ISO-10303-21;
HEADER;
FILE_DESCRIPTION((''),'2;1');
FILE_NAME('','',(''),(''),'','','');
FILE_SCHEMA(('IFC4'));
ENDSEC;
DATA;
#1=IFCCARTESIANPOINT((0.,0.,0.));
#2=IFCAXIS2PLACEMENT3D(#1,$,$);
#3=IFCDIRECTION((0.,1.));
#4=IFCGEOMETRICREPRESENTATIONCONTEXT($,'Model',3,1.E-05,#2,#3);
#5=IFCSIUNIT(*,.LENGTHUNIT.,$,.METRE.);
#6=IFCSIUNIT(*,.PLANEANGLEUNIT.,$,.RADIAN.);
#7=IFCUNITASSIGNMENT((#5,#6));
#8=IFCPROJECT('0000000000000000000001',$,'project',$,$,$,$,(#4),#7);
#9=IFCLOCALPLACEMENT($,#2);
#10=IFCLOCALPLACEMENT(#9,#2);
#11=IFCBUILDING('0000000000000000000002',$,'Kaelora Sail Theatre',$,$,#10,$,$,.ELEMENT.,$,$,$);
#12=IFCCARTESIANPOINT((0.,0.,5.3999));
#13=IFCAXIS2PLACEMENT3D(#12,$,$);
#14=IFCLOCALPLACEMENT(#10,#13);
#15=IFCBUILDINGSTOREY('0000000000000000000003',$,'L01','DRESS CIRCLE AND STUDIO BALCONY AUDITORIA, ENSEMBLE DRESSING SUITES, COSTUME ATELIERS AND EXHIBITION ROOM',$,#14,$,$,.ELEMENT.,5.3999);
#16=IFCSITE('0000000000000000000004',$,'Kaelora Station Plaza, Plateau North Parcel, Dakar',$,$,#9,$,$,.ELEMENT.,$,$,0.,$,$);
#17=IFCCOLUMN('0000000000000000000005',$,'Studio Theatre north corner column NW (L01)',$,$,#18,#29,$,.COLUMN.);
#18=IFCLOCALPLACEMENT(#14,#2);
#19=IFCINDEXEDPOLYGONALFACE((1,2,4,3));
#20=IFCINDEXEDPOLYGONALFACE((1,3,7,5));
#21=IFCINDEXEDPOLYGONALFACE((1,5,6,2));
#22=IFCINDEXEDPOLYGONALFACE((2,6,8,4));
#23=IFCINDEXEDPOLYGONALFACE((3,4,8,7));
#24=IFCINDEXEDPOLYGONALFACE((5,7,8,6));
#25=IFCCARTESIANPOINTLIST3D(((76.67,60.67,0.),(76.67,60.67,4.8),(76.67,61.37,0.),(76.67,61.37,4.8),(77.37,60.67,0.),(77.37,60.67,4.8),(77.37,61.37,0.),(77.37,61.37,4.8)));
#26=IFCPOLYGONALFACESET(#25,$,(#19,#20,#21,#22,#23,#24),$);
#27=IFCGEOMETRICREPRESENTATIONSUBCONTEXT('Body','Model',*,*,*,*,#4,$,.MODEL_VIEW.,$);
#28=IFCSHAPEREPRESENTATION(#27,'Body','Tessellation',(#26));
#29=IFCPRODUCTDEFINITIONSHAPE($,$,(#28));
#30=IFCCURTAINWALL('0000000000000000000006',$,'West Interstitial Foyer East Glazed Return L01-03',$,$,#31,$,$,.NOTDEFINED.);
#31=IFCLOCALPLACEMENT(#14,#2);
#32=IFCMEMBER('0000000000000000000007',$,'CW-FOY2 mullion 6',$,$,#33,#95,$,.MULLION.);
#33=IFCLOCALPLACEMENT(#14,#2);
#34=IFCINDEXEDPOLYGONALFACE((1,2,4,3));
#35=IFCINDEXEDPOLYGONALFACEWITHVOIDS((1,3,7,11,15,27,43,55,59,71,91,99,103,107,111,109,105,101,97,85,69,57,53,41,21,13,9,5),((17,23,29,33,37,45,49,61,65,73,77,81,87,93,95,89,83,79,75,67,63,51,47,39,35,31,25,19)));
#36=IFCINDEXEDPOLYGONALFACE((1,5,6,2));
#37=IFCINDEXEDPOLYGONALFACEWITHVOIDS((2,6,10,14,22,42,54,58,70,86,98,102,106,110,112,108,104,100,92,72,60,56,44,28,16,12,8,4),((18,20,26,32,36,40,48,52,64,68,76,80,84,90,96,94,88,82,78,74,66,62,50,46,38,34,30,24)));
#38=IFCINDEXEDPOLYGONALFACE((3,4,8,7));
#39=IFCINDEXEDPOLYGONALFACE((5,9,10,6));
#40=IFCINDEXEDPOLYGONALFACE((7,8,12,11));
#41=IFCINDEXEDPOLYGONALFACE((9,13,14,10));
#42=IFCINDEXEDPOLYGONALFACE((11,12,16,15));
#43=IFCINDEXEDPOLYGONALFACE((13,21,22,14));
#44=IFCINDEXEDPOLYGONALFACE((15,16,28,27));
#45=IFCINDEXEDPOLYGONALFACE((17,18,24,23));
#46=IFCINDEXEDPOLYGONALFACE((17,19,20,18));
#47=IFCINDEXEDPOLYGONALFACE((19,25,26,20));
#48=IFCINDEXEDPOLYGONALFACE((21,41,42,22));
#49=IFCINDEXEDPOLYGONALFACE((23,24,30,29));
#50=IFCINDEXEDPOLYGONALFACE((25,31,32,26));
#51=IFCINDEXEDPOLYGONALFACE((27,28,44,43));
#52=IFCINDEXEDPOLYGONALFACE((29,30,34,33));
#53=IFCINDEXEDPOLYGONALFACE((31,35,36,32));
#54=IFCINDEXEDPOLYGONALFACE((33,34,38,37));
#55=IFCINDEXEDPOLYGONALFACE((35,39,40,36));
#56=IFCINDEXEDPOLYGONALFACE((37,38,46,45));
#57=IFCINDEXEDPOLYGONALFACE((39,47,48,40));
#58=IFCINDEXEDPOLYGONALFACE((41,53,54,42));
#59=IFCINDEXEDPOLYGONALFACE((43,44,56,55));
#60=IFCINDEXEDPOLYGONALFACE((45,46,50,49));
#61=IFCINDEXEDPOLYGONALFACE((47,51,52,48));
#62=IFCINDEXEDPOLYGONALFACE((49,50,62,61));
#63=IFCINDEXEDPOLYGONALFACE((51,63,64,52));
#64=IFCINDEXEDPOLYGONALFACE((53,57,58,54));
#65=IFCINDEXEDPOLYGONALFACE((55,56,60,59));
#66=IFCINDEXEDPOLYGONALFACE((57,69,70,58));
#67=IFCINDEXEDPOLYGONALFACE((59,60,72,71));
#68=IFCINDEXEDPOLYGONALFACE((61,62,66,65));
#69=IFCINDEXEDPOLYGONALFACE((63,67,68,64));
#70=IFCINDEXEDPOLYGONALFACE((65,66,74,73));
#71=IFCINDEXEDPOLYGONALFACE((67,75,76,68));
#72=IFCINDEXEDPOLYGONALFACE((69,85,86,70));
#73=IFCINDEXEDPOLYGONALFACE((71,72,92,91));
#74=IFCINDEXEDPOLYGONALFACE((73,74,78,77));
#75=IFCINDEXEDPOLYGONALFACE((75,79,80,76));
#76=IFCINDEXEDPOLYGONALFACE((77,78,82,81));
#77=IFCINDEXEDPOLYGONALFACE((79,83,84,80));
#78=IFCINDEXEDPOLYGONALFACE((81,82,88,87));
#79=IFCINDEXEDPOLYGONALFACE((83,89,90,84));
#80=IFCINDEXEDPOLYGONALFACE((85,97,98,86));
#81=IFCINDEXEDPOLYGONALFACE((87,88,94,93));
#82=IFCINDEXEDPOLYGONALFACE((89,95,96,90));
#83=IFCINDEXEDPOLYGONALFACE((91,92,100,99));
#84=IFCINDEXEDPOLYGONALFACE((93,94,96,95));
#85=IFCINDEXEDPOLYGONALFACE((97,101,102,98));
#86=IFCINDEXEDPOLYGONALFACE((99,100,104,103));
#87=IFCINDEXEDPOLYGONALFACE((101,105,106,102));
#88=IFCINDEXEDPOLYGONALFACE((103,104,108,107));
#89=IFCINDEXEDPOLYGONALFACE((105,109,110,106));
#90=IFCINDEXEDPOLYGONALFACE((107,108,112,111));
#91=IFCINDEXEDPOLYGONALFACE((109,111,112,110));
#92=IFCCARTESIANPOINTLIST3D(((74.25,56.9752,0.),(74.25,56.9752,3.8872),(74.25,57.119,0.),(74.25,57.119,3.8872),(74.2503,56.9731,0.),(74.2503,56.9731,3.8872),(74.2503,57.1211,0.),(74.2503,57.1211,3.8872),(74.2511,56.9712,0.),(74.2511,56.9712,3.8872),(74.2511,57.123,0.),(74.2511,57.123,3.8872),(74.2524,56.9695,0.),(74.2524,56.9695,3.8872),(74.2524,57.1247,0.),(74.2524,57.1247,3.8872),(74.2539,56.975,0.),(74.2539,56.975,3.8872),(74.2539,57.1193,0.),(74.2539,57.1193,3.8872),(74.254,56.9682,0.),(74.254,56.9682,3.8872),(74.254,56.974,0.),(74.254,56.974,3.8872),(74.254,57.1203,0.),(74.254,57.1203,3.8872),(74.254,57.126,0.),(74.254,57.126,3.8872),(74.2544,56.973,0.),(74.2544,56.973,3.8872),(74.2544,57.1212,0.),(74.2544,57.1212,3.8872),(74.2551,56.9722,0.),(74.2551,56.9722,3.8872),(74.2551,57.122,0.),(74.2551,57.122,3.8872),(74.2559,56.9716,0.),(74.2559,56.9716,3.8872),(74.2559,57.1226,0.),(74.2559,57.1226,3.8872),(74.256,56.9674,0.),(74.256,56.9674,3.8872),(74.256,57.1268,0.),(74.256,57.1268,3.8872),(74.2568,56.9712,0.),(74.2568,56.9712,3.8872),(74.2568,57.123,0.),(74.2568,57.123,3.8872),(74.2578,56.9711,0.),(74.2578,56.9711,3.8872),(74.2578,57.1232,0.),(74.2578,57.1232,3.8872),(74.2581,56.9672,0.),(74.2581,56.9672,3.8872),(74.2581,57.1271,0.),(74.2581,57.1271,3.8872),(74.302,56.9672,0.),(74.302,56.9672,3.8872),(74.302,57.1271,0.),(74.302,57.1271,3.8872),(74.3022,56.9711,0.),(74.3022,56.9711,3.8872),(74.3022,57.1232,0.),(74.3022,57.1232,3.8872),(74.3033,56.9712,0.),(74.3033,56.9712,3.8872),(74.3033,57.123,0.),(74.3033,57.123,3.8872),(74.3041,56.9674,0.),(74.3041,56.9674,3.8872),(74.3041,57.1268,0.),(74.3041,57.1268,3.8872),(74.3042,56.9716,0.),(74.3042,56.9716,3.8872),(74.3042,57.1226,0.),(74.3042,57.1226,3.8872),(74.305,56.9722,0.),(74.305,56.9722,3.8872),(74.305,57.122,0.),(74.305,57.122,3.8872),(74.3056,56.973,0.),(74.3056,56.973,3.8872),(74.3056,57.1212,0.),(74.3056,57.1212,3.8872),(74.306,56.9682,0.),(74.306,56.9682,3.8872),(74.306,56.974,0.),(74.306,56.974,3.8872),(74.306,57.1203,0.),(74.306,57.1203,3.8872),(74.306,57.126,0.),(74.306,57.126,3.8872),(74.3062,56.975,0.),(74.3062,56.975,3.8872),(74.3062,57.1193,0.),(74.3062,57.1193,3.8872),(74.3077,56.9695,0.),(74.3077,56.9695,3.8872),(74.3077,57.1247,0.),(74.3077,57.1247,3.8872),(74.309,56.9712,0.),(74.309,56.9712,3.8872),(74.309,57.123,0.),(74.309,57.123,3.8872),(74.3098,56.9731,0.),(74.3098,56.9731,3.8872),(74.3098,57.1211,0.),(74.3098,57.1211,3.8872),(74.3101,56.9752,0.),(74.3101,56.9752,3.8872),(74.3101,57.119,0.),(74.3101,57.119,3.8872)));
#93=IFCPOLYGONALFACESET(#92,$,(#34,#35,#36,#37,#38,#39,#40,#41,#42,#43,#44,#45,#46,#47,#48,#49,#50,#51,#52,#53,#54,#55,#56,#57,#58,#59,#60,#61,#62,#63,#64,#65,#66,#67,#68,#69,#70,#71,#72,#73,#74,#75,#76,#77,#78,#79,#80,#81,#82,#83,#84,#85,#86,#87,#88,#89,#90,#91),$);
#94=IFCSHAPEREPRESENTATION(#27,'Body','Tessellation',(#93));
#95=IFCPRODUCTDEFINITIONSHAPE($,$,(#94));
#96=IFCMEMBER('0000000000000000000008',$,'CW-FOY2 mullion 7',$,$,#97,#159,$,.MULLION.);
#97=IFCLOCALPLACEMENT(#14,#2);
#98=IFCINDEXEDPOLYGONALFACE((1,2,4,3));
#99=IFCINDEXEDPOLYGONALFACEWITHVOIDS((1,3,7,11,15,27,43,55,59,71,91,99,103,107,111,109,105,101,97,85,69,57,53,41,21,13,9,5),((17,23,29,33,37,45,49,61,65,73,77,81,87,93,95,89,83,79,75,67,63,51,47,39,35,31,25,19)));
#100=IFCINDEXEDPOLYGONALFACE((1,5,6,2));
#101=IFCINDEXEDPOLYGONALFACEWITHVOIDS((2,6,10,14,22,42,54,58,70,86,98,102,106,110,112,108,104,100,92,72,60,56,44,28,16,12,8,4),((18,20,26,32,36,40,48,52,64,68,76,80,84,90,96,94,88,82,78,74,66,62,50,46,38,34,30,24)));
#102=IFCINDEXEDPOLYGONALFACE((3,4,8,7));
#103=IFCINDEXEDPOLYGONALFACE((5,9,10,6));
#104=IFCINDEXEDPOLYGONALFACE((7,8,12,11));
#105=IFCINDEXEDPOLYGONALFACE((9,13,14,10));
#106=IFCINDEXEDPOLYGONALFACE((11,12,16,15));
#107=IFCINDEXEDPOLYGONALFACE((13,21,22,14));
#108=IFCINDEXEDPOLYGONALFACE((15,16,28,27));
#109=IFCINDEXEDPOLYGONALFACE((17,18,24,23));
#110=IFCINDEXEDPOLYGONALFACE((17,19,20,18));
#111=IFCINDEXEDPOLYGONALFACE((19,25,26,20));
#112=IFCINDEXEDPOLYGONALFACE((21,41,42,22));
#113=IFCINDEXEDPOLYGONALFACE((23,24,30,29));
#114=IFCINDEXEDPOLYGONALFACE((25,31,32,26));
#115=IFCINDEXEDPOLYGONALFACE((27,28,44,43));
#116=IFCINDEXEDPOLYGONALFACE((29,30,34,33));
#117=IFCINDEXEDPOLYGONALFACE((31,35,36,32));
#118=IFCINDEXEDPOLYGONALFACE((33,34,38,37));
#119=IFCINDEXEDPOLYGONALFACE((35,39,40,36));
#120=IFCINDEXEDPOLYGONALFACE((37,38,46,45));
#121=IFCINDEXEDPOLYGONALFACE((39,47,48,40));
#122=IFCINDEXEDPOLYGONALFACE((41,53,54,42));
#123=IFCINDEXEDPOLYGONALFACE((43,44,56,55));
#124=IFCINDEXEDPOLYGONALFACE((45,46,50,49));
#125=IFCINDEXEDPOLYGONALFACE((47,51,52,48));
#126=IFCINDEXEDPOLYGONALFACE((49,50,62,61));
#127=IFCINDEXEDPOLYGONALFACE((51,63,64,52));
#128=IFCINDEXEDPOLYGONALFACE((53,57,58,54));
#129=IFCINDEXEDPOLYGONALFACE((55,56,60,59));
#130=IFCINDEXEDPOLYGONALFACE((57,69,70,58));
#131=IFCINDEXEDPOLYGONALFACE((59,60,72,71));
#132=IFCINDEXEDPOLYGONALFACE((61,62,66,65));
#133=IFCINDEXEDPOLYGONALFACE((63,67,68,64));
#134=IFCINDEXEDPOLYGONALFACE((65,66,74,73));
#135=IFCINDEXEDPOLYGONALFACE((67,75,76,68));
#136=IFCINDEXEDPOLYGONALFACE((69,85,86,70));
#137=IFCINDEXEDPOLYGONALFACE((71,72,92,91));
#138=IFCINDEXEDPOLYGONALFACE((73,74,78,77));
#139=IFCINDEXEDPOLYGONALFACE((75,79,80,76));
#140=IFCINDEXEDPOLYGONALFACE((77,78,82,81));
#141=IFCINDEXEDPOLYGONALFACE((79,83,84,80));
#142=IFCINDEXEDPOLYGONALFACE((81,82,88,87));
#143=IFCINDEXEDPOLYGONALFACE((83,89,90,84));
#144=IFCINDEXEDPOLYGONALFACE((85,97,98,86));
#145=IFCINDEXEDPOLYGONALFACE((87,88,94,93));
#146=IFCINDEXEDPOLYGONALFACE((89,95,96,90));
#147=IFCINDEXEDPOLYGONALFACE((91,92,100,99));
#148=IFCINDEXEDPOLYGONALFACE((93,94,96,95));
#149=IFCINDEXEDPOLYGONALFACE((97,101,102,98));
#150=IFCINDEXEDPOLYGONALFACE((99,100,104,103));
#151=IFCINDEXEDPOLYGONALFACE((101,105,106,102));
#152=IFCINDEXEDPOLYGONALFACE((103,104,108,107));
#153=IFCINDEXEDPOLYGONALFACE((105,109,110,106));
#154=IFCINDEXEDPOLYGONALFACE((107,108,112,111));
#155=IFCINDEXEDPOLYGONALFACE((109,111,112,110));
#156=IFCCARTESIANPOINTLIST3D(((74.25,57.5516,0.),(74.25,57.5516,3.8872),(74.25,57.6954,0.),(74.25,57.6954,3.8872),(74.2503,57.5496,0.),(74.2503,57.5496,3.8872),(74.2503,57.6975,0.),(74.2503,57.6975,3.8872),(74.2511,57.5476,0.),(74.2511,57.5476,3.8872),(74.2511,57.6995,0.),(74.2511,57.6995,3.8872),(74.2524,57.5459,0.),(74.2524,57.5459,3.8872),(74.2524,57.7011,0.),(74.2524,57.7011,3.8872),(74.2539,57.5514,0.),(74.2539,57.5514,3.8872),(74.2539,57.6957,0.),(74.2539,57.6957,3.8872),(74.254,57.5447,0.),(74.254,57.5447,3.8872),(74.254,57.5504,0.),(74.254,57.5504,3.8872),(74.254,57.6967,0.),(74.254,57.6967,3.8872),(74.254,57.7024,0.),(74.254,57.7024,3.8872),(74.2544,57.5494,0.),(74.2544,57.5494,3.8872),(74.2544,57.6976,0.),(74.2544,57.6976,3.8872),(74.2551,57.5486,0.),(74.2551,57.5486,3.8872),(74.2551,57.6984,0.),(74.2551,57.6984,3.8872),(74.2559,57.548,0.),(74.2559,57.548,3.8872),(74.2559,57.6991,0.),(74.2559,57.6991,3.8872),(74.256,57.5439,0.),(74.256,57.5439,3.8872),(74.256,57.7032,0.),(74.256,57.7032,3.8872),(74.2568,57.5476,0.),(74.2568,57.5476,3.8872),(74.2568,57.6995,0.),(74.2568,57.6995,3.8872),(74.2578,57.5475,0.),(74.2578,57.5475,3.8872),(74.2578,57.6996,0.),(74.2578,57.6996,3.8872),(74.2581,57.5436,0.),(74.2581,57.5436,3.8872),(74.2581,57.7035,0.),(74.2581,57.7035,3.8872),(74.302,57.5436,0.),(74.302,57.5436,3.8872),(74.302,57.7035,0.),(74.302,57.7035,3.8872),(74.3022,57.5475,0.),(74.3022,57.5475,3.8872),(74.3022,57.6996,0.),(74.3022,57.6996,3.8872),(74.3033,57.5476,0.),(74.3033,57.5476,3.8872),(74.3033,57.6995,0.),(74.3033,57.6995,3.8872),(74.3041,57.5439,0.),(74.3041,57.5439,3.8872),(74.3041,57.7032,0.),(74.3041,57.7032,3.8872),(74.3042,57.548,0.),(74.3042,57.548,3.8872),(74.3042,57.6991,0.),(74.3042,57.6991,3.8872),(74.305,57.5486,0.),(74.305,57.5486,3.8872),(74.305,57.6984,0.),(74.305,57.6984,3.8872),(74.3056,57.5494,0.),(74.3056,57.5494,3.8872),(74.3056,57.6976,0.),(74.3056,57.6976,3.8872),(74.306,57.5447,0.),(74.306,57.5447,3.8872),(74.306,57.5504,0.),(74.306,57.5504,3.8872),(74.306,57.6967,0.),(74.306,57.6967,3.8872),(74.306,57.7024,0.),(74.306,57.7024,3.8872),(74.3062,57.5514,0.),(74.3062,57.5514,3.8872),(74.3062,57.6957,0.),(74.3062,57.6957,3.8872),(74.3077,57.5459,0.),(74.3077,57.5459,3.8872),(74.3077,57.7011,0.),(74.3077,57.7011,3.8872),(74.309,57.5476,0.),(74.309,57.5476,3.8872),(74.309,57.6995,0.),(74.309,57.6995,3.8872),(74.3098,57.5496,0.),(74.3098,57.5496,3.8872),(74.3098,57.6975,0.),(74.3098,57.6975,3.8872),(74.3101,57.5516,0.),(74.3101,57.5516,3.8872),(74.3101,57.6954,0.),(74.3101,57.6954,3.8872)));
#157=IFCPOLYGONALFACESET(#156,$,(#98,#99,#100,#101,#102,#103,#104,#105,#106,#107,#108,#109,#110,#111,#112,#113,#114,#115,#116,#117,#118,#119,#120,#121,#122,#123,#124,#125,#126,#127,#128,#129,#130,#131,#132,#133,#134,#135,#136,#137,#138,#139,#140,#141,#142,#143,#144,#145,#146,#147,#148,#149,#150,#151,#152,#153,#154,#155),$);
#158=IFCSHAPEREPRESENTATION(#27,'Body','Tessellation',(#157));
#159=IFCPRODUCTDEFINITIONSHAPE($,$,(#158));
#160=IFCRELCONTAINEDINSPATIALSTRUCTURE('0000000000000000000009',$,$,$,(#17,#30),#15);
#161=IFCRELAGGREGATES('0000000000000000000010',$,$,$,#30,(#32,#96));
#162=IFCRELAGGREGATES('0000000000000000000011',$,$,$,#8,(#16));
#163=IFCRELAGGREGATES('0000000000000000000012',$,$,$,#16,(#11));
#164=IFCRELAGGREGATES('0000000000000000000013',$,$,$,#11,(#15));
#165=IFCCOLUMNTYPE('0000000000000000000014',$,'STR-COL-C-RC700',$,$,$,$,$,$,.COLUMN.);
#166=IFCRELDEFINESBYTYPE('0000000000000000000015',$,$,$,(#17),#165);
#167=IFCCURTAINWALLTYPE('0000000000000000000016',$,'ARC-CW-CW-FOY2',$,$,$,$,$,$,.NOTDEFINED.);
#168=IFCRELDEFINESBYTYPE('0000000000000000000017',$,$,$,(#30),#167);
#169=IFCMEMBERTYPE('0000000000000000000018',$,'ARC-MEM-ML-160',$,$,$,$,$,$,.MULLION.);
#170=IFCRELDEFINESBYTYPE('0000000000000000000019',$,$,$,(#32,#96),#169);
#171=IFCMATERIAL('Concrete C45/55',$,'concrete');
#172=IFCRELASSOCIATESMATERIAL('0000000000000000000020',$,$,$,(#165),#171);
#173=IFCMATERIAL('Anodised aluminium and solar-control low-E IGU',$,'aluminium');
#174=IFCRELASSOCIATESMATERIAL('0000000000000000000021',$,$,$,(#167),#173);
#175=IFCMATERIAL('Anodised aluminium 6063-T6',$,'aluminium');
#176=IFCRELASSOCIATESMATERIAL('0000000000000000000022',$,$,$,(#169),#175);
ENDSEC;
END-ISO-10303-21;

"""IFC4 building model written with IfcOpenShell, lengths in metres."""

from ifc_helpers import new_model, si_unit, direction, frame, origin, origin_2d, place, context, subcontext, project, spatial, rectangle, hollow_rectangle, extrude, material, material_profile, profile_set, type_object, element, aggregate, save


model = new_model("IFC4")

# Units and contexts
model_context = context("Model", 3, precision=1e-05, world=origin(), true_north=direction((0.0, 1.0)))
body_context = subcontext(model_context, "Body", "Model", "MODEL_VIEW")
ifc_project = project(units=[si_unit("LENGTHUNIT", "METRE"), si_unit("PLANEANGLEUNIT", "RADIAN")], contexts=[model_context])

# Site, building, storey
site_placement = place(None, origin())
site = spatial("IfcSite", under=ifc_project, at=site_placement, Name="Kaelora Station Plaza, Plateau North Parcel, Dakar", CompositionType="ELEMENT", RefElevation=0.0)
building_placement = place(site_placement, origin())
building = spatial("IfcBuilding", under=site, at=building_placement, Name="Kaelora Sail Theatre", CompositionType="ELEMENT")
storey_placement = place(building_placement, frame((0.0, 0.0, 5.3999)))
storey = spatial("IfcBuildingStorey", under=building, at=storey_placement, Name="L01", Description="DRESS CIRCLE AND STUDIO BALCONY AUDITORIA, ENSEMBLE DRESSING SUITES, COSTUME ATELIERS AND EXHIBITION ROOM", CompositionType="ELEMENT", Elevation=5.3999)

# Column
ifc_material_1 = material(Name="Concrete C45/55", Category="concrete")
ifc_material_profile_1 = material_profile(ifc_material_1, rectangle(XDim=0.7, YDim=0.7, at=origin_2d()), Name="RC-COL 700x700")
ifc_profile_set_1 = profile_set([ifc_material_profile_1], Name="Concrete C45/55")
column_type = type_object("IfcColumnType", Name="STR-COL-C-RC700", PredefinedType="COLUMN", material=ifc_profile_set_1)
column_placement = place(storey_placement, frame((77.02, 61.02, 0.0), z_axis=(0.0, 0.0, 1.0), x_axis=(1.0, 0.0, 0.0)))
element("IfcColumn", 1, at=column_placement, inside=storey, type_object=column_type, Name="Studio Theatre north corner column NW (L01)", PredefinedType="COLUMN", context=body_context, shape_type="SweptSolid", body=[
    extrude(rectangle(XDim=0.7, YDim=0.7, at=origin_2d()), origin(), (0.0, 0.0, 1.0), 4.8),
])

# Curtain wall, members
ifc_material_2 = material(Name="Anodised aluminium and solar-control low-E IGU", Category="aluminium")
curtain_wall_type = type_object("IfcCurtainWallType", Name="ARC-CW-CW-FOY2", PredefinedType="NOTDEFINED", material=ifc_material_2)
curtain_wall_1_placement = place(storey_placement, origin())
curtain_wall_1 = element("IfcCurtainWall", 2, at=curtain_wall_1_placement, inside=storey, type_object=curtain_wall_type, Name="West Interstitial Foyer East Glazed Return L01-03", PredefinedType="NOTDEFINED")
ifc_material_3 = material(Name="Anodised aluminium 6063-T6", Category="aluminium")
ifc_material_profile_2 = material_profile(ifc_material_3, hollow_rectangle(XDim=0.0601, YDim=0.1599, WallThickness=0.0039, InnerFilletRadius=0.0039, OuterFilletRadius=0.0081, at=origin_2d()), Name="ALU-MULL 60x160x4")
ifc_profile_set_2 = profile_set([ifc_material_profile_2], Name="Anodised aluminium 6063-T6")
member_type_1 = type_object("IfcMemberType", Name="ARC-MEM-ML-160", PredefinedType="MULLION", material=ifc_profile_set_2)
member_1_placement = place(storey_placement, frame((74.28, 57.0471, 0.0), z_axis=(0.0, 0.0, 1.0), x_axis=(-1.0, 0.0, 0.0)))
member_1 = element("IfcMember", 3, at=member_1_placement, type_object=member_type_1, Name="CW-FOY2 mullion 6", PredefinedType="MULLION", context=body_context, shape_type="SweptSolid", body=[
    extrude(hollow_rectangle(XDim=0.0601, YDim=0.1599, WallThickness=0.0039, InnerFilletRadius=0.0039, OuterFilletRadius=0.0081, at=origin_2d()), origin(), (0.0, 0.0, 1.0), 3.8872),
])
member_2_placement = place(storey_placement, frame((74.28, 57.6235, 0.0), z_axis=(0.0, 0.0, 1.0), x_axis=(-1.0, 0.0, 0.0)))
member_2 = element("IfcMember", 4, at=member_2_placement, type_object=member_type_1, Name="CW-FOY2 mullion 7", PredefinedType="MULLION", context=body_context, shape_type="SweptSolid", body=[
    extrude(hollow_rectangle(XDim=0.0601, YDim=0.1599, WallThickness=0.0039, InnerFilletRadius=0.0039, OuterFilletRadius=0.0081, at=origin_2d()), origin(), (0.0, 0.0, 1.0), 3.8872),
])

aggregate(curtain_wall_1, [member_1, member_2])

save(model, "model.ifc")
